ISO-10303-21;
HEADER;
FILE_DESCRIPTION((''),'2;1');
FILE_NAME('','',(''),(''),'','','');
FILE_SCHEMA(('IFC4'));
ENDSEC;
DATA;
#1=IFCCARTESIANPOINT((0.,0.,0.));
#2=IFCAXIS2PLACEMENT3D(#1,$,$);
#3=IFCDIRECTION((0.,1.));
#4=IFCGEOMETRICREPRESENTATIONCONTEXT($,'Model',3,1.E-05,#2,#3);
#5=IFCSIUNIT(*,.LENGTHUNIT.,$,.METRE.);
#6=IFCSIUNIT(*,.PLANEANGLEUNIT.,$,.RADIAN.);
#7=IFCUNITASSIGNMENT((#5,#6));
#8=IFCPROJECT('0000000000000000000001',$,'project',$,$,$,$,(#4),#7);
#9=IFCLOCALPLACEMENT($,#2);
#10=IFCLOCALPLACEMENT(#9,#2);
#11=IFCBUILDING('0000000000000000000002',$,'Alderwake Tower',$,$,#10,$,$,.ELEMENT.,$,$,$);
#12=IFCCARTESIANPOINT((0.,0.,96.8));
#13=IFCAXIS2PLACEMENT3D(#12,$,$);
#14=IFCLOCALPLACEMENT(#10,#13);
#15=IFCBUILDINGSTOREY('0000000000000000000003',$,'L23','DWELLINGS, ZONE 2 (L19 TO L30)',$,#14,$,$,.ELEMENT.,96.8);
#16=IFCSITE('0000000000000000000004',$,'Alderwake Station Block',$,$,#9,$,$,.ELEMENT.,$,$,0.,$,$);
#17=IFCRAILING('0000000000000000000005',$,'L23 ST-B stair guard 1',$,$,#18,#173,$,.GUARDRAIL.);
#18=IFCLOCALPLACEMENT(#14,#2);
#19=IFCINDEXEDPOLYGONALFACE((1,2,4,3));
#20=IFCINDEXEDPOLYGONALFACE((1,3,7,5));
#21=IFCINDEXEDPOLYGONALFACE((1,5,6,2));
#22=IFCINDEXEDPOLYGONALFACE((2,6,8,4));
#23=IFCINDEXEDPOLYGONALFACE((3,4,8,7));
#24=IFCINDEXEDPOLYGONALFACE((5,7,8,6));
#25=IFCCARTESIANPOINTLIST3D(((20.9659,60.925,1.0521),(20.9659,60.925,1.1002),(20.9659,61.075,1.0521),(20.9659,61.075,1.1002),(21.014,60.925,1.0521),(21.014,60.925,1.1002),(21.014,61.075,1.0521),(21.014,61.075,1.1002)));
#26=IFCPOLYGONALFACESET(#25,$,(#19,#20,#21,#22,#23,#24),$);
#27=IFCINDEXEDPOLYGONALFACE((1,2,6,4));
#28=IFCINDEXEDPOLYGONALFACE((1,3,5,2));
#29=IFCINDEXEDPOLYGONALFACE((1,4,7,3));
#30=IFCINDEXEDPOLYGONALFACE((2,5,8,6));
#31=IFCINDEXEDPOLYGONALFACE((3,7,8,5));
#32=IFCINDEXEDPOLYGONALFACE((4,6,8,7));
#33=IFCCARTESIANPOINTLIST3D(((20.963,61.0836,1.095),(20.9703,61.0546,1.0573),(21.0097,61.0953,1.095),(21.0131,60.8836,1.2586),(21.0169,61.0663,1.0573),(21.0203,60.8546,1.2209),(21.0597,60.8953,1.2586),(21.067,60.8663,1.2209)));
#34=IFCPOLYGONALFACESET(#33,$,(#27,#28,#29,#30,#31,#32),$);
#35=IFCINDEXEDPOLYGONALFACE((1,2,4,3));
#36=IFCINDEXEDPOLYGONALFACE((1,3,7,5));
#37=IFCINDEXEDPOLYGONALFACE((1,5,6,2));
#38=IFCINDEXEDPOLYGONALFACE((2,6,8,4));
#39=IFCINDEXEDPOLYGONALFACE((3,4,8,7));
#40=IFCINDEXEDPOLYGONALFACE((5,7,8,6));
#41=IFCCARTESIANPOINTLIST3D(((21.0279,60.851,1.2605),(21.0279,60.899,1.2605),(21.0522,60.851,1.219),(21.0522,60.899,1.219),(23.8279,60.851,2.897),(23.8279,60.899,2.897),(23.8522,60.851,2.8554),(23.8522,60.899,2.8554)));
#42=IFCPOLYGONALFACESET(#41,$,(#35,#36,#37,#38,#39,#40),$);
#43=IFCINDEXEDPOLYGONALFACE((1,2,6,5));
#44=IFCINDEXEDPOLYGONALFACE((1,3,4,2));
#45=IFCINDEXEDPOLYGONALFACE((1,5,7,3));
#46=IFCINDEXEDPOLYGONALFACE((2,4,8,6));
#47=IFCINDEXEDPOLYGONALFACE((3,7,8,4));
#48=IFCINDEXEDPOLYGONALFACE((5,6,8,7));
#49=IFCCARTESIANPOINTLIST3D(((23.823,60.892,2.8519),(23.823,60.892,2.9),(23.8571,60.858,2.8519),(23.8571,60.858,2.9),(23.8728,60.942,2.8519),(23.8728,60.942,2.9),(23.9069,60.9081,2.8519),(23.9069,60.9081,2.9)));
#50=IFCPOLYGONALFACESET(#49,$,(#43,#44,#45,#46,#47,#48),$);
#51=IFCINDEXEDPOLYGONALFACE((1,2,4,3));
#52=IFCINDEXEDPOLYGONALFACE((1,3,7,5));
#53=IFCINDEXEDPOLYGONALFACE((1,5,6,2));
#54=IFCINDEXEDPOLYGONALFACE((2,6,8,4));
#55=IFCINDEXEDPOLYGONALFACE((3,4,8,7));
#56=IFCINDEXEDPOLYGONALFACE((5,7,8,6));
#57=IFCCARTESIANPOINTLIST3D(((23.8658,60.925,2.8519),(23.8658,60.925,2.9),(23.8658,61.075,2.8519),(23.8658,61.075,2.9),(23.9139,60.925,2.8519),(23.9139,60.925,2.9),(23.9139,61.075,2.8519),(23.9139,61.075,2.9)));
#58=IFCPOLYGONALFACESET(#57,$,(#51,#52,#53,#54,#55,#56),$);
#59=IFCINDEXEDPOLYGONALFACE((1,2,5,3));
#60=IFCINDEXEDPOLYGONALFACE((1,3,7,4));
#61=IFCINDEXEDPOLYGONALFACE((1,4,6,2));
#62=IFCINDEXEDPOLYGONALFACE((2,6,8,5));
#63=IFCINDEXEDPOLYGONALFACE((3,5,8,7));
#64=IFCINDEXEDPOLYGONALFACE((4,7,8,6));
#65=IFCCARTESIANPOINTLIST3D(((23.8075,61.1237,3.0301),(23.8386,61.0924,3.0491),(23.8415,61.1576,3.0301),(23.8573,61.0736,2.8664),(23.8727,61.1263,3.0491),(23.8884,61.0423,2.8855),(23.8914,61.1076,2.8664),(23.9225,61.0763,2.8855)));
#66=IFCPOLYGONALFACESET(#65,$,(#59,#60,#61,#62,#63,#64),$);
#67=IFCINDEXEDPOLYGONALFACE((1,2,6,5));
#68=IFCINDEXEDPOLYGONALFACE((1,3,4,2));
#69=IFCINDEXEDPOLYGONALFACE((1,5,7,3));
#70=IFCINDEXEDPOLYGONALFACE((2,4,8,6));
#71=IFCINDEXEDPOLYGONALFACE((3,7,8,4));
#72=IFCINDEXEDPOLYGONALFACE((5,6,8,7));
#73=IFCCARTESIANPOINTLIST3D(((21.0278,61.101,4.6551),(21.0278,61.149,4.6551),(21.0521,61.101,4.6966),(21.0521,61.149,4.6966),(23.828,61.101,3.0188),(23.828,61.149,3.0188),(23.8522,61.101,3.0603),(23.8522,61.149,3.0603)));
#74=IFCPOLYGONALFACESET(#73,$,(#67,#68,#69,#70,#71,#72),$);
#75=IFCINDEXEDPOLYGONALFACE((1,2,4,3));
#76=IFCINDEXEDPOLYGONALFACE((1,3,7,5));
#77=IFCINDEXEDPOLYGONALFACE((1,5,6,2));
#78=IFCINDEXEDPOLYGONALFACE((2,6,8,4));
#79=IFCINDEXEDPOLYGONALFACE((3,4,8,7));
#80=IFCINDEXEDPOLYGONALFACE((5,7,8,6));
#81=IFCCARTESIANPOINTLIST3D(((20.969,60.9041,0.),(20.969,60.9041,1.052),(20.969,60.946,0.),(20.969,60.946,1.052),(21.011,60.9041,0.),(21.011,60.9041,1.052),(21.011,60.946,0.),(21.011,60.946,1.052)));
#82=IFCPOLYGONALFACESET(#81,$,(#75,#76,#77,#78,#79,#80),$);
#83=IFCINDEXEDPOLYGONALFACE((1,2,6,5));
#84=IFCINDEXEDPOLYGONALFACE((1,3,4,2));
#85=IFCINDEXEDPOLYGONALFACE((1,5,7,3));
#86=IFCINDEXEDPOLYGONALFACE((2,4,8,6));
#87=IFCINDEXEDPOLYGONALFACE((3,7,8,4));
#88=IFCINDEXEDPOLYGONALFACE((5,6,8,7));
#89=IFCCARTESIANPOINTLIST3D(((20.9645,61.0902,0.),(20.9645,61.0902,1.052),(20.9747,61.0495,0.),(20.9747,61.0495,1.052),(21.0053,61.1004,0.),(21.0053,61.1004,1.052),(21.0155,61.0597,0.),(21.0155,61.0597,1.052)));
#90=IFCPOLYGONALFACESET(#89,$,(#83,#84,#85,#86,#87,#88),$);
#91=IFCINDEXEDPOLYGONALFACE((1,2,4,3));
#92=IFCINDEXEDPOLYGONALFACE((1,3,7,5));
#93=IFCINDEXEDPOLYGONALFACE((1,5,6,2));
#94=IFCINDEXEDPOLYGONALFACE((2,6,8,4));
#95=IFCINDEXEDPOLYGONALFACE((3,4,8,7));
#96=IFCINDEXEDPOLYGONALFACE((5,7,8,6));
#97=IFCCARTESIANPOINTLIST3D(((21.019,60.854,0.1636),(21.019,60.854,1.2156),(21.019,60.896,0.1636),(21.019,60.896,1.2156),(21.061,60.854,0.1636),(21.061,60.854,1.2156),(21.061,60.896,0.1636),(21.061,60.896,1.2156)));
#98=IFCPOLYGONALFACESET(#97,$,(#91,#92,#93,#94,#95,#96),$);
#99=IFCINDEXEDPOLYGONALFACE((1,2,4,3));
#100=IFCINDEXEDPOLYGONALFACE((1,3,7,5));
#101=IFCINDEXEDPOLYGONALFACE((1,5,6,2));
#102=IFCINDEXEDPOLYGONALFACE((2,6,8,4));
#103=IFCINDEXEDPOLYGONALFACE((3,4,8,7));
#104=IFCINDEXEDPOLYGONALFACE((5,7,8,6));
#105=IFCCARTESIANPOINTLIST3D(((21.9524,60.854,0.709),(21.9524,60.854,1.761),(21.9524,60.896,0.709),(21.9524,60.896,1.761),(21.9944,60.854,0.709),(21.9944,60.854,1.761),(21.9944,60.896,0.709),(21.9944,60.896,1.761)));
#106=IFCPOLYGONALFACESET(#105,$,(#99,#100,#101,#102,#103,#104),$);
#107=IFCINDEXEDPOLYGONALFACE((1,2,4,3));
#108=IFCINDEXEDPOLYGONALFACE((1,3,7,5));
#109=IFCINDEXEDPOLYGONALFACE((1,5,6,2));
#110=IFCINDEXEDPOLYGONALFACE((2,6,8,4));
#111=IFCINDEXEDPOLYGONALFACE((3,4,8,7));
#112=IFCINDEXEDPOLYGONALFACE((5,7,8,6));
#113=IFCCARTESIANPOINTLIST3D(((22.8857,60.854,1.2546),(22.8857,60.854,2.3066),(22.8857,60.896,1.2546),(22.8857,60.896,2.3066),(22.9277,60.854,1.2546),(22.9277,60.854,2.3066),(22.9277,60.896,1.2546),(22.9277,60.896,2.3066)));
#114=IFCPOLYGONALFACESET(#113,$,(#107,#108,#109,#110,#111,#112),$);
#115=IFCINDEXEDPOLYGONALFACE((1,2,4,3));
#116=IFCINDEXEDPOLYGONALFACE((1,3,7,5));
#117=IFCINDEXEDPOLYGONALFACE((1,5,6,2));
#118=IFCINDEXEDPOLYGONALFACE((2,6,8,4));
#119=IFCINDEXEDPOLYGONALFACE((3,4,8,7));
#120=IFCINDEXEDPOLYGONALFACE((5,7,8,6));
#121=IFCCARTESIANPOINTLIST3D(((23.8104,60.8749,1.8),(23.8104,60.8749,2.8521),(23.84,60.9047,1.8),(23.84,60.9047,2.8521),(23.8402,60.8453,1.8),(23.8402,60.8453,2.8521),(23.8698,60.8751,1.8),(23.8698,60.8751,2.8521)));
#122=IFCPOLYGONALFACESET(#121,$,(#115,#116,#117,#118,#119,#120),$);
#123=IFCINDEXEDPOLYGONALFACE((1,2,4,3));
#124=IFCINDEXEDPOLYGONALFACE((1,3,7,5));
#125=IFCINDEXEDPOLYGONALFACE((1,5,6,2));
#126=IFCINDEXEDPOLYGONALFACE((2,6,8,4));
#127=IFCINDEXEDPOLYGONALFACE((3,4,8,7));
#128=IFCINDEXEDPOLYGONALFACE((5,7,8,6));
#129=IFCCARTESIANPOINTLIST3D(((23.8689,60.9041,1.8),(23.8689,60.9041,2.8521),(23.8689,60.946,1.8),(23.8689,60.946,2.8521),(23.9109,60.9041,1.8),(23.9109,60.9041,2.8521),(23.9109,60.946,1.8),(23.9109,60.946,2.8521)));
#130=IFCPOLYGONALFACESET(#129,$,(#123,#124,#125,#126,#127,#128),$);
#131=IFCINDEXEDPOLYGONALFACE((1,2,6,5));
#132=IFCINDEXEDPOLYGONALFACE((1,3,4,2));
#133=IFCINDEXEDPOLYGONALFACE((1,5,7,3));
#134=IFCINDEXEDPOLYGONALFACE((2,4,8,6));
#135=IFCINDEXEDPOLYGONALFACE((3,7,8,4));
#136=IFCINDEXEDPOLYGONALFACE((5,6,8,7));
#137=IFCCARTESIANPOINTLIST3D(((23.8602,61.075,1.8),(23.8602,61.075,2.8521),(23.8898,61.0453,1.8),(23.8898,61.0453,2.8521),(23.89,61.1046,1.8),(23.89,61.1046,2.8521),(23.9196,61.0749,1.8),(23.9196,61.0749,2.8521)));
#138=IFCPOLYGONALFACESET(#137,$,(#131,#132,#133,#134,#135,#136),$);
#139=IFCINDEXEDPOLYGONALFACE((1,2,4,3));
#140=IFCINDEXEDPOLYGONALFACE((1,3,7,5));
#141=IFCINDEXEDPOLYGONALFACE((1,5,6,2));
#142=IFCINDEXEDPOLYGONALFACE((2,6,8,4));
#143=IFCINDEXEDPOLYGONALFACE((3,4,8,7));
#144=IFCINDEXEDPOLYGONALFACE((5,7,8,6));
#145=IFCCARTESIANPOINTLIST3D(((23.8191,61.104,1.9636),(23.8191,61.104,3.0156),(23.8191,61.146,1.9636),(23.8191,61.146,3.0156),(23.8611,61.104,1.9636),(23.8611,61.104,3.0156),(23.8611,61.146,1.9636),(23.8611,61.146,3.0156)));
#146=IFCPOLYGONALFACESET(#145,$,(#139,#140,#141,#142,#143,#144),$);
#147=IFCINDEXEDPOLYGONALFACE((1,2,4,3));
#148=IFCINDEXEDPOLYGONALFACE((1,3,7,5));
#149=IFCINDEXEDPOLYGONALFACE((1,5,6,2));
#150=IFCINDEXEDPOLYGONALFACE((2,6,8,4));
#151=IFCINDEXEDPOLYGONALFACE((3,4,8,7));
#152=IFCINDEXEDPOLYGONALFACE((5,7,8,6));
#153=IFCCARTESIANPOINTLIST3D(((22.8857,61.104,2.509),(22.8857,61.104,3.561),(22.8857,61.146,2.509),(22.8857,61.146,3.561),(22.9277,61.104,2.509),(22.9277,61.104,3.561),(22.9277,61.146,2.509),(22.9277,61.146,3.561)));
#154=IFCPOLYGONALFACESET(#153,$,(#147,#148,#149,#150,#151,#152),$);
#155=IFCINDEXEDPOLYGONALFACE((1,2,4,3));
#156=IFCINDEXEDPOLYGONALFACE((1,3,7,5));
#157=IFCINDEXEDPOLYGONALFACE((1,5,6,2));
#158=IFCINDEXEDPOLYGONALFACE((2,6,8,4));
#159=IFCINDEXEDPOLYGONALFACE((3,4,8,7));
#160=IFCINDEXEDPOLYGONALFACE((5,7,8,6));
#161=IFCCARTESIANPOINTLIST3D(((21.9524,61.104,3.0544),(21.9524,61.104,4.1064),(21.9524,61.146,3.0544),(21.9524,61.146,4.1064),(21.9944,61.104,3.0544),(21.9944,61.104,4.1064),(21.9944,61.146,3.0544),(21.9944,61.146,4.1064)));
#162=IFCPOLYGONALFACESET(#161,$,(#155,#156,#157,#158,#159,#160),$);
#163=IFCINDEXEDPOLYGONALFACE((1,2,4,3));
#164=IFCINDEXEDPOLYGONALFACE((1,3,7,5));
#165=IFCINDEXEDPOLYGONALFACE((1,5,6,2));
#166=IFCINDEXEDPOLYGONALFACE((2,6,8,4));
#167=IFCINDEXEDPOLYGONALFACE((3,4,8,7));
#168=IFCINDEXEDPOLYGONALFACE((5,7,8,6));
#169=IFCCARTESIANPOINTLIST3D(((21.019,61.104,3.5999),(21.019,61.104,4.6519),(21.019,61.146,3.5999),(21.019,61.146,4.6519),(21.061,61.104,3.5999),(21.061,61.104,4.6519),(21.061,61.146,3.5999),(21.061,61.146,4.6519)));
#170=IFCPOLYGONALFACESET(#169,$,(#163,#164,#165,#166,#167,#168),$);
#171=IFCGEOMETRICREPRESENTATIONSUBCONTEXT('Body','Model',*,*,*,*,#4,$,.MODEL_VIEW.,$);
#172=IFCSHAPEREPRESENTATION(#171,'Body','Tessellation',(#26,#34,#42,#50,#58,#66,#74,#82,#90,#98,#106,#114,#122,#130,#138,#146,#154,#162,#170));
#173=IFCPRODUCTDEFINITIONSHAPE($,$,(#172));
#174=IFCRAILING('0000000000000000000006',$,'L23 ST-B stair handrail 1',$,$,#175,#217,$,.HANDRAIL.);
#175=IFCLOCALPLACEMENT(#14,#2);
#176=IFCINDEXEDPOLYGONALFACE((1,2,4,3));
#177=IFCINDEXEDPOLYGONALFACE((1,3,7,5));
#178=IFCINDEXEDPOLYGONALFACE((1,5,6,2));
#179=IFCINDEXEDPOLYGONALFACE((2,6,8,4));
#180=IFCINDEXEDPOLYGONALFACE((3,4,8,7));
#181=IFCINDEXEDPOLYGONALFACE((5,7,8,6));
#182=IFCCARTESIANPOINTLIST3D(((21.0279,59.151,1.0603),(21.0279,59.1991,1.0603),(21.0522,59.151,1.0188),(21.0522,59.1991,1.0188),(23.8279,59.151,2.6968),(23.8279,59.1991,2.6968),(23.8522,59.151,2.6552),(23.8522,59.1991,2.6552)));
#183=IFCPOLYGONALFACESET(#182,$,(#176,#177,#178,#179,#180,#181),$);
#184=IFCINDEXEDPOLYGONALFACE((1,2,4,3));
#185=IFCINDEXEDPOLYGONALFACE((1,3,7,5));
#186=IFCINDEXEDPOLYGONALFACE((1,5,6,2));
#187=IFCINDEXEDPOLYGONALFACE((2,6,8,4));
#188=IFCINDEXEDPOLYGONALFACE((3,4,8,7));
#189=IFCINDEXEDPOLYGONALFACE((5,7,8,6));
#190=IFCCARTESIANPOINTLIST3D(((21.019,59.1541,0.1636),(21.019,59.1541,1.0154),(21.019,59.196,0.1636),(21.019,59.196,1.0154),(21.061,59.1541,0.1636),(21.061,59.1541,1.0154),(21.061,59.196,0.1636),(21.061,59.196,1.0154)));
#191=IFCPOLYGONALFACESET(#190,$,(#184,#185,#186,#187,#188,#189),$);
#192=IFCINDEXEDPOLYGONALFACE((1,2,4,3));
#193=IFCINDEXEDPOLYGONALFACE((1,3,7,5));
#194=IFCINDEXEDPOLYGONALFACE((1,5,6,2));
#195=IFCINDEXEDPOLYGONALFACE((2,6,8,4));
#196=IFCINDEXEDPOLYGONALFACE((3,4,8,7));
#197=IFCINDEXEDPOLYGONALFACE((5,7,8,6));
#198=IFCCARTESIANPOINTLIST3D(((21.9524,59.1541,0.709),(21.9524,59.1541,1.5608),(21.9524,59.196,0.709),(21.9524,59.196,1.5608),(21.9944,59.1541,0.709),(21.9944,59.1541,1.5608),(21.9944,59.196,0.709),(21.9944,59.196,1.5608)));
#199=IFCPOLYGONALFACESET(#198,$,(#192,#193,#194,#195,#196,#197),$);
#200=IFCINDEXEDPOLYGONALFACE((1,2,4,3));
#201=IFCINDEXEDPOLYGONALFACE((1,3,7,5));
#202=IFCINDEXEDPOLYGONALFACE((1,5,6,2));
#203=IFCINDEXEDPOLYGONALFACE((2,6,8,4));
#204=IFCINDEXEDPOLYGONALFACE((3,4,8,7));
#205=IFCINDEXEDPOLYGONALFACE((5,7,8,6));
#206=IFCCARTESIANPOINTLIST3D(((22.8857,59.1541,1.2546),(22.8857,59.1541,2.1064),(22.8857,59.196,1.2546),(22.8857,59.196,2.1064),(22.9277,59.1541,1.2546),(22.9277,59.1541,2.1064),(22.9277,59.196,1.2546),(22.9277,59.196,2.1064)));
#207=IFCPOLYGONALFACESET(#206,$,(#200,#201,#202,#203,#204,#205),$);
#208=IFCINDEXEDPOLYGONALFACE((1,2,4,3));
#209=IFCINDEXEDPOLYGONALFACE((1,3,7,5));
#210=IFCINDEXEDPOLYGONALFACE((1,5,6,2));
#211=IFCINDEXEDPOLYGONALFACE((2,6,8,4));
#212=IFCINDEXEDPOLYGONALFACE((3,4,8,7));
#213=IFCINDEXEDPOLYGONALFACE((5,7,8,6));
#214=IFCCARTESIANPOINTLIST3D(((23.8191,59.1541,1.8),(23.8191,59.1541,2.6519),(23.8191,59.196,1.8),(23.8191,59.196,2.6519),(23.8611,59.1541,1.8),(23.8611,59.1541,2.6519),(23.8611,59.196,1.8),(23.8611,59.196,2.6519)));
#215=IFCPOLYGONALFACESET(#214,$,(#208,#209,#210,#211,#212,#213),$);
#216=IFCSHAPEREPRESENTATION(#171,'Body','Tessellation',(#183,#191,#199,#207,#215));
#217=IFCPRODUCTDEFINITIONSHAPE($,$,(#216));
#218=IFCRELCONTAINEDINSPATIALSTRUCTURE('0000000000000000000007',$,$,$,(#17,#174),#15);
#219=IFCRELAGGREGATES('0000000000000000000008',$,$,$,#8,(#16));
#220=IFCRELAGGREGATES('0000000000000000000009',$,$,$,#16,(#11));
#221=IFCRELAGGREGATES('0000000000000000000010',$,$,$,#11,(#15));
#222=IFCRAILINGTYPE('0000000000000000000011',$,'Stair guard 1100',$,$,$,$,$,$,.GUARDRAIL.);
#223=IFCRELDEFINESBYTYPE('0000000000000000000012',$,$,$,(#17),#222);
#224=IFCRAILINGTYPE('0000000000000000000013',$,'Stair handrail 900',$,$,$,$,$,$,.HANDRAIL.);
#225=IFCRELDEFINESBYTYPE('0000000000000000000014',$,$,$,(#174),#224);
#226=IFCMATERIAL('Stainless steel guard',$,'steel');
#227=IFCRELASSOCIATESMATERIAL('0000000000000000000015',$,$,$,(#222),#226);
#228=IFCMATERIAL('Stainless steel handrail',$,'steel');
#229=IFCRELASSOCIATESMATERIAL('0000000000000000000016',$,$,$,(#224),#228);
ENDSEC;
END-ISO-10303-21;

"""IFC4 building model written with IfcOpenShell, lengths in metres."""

from ifc_helpers import new_model, si_unit, direction, frame, origin, origin_with_axes, origin_2d, place, context, subcontext, project, spatial, rectangle, extrude, material, type_object, element, save


model = new_model("IFC4")

# Units and contexts
model_context = context("Model", 3, precision=1e-05, world=origin(), true_north=direction((0.0, 1.0)))
body_context = subcontext(model_context, "Body", "Model", "MODEL_VIEW")
ifc_project = project(units=[si_unit("LENGTHUNIT", "METRE"), si_unit("PLANEANGLEUNIT", "RADIAN")], contexts=[model_context])

# Site, building, storey
site_placement = place(None, origin())
site = spatial("IfcSite", under=ifc_project, at=site_placement, Name="Alderwake Station Block", CompositionType="ELEMENT", RefElevation=0.0)
building_placement = place(site_placement, origin())
building = spatial("IfcBuilding", under=site, at=building_placement, Name="Alderwake Tower", CompositionType="ELEMENT")
storey_placement = place(building_placement, frame((0.0, 0.0, 96.8)))
storey = spatial("IfcBuildingStorey", under=building, at=storey_placement, Name="L23", Description="DWELLINGS, ZONE 2 (L19 TO L30)", CompositionType="ELEMENT", Elevation=96.8)

# Railings
ifc_material_1 = material(Name="Stainless steel guard", Category="steel")
railing_type_1 = type_object("IfcRailingType", Name="Stair guard 1100", PredefinedType="GUARDRAIL", material=ifc_material_1)
railing_1_placement = place(storey_placement, frame((20.99, 60.925, 0.0)))
element("IfcRailing", 1, at=railing_1_placement, inside=storey, type_object=railing_type_1, Name="L23 ST-B stair guard 1", PredefinedType="GUARDRAIL", context=body_context, shape_type="SweptSolid", body=[
    extrude(rectangle(XDim=0.0481, YDim=0.0481, at=origin_2d()), frame((0.0, 0.0, 1.0762), z_axis=(0.0, 1.0, 0.0), x_axis=(-1.0, 0.0, 0.0)), (0.0, 0.0, 1.0), 0.1499),
    extrude(rectangle(XDim=0.0481, YDim=0.0481, at=origin_2d()), frame((0.0, 0.1499, 1.0762), z_axis=(0.1902, -0.75987, 0.621628), x_axis=(0.970073, 0.242814, 0.0)), (0.0, 0.0, 1.0), 0.2632),
    extrude(rectangle(XDim=0.0481, YDim=0.0481, at=origin_2d()), frame((0.05, -0.05, 1.2397), z_axis=(0.863361, 0.0, 0.504587), x_axis=(0.0, 1.0, 0.0)), (0.0, 0.0, 1.0), 3.2432),
    extrude(rectangle(XDim=0.0481, YDim=0.0481, at=origin_2d()), frame((2.8501, -0.05, 2.876), z_axis=(0.705376, 0.708834, 0.0), x_axis=(-0.708834, 0.705376, 0.0)), (0.0, 0.0, 1.0), 0.0706),
    extrude(rectangle(XDim=0.0481, YDim=0.0481, at=origin_2d()), frame((2.8999, 0.0, 2.876), z_axis=(0.0, 1.0, 0.0), x_axis=(-1.0, 0.0, 0.0)), (0.0, 0.0, 1.0), 0.1499),
    extrude(rectangle(XDim=0.0481, YDim=0.0481, at=origin_2d()), frame((2.8999, 0.1499, 2.876), z_axis=(-0.279546, 0.280917, 0.918118), x_axis=(-0.708834, -0.705376, 0.0)), (0.0, 0.0, 1.0), 0.1782),
    extrude(rectangle(XDim=0.0481, YDim=0.0481, at=origin_2d()), frame((2.8501, 0.2, 3.0396), z_axis=(-0.863394, 0.0, 0.504531), x_axis=(0.0, -1.0, 0.0)), (0.0, 0.0, 1.0), 3.2432),
    extrude(rectangle(XDim=0.042, YDim=0.042, at=origin_2d()), frame((0.0, 0.0, 0.0), z_axis=(0.0, 0.0, 1.0), x_axis=(0.0, 1.0, 0.0)), (0.0, 0.0, 1.0), 1.052),
    extrude(rectangle(XDim=0.042, YDim=0.042, at=origin_2d()), frame((0.0, 0.1499, 0.0), z_axis=(0.0, 0.0, 1.0), x_axis=(0.242814, -0.970073, 0.0)), (0.0, 0.0, 1.0), 1.052),
    extrude(rectangle(XDim=0.042, YDim=0.042, at=origin_2d()), frame((0.05, -0.05, 0.1636), z_axis=(0.0, 0.0, 1.0), x_axis=(1.0, 0.0, 0.0)), (0.0, 0.0, 1.0), 1.052),
    extrude(rectangle(XDim=0.042, YDim=0.042, at=origin_2d()), frame((0.9834, -0.05, 0.709), z_axis=(0.0, 0.0, 1.0), x_axis=(1.0, 0.0, 0.0)), (0.0, 0.0, 1.0), 1.052),
    extrude(rectangle(XDim=0.042, YDim=0.042, at=origin_2d()), frame((1.9167, -0.05, 1.2546), z_axis=(0.0, 0.0, 1.0), x_axis=(1.0, 0.0, 0.0)), (0.0, 0.0, 1.0), 1.052),
    extrude(rectangle(XDim=0.042, YDim=0.042, at=origin_2d()), frame((2.8501, -0.05, 1.8), z_axis=(0.0, 0.0, 1.0), x_axis=(0.705376, 0.708834, 0.0)), (0.0, 0.0, 1.0), 1.052),
    extrude(rectangle(XDim=0.042, YDim=0.042, at=origin_2d()), frame((2.8999, 0.0, 1.8), z_axis=(0.0, 0.0, 1.0), x_axis=(0.0, 1.0, 0.0)), (0.0, 0.0, 1.0), 1.052),
    extrude(rectangle(XDim=0.042, YDim=0.042, at=origin_2d()), frame((2.8999, 0.1499, 1.8), z_axis=(0.0, 0.0, 1.0), x_axis=(-0.705376, 0.708834, 0.0)), (0.0, 0.0, 1.0), 1.052),
    extrude(rectangle(XDim=0.042, YDim=0.042, at=origin_2d()), frame((2.8501, 0.2, 1.9636), z_axis=(0.0, 0.0, 1.0), x_axis=(-1.0, 0.0, 0.0)), (0.0, 0.0, 1.0), 1.052),
    extrude(rectangle(XDim=0.042, YDim=0.042, at=origin_2d()), frame((1.9167, 0.2, 2.509), z_axis=(0.0, 0.0, 1.0), x_axis=(-1.0, 0.0, 0.0)), (0.0, 0.0, 1.0), 1.052),
    extrude(rectangle(XDim=0.042, YDim=0.042, at=origin_2d()), frame((0.9834, 0.2, 3.0544), z_axis=(0.0, 0.0, 1.0), x_axis=(-1.0, 0.0, 0.0)), (0.0, 0.0, 1.0), 1.052),
    extrude(rectangle(XDim=0.042, YDim=0.042, at=origin_2d()), frame((0.05, 0.2, 3.5999), z_axis=(0.0, 0.0, 1.0), x_axis=(-1.0, 0.0, 0.0)), (0.0, 0.0, 1.0), 1.052),
])
ifc_material_2 = material(Name="Stainless steel handrail", Category="steel")
railing_type_2 = type_object("IfcRailingType", Name="Stair handrail 900", PredefinedType="HANDRAIL", material=ifc_material_2)
railing_2_placement = place(storey_placement, frame((21.04, 59.175, 0.1636)))
element("IfcRailing", 2, at=railing_2_placement, inside=storey, type_object=railing_type_2, Name="L23 ST-B stair handrail 1", PredefinedType="HANDRAIL", context=body_context, shape_type="SweptSolid", body=[
    extrude(rectangle(XDim=0.0481, YDim=0.0481, at=origin_2d()), frame((0.0, 0.0, 0.876), z_axis=(0.863361, 0.0, 0.504587), x_axis=(0.0, 1.0, 0.0)), (0.0, 0.0, 1.0), 3.2432),
    extrude(rectangle(XDim=0.042, YDim=0.042, at=origin_2d()), origin_with_axes(), (0.0, 0.0, 1.0), 0.8518),
    extrude(rectangle(XDim=0.042, YDim=0.042, at=origin_2d()), frame((0.9333, 0.0, 0.5454), z_axis=(0.0, 0.0, 1.0), x_axis=(1.0, 0.0, 0.0)), (0.0, 0.0, 1.0), 0.8518),
    extrude(rectangle(XDim=0.042, YDim=0.042, at=origin_2d()), frame((1.8667, 0.0, 1.0911), z_axis=(0.0, 0.0, 1.0), x_axis=(1.0, 0.0, 0.0)), (0.0, 0.0, 1.0), 0.8518),
    extrude(rectangle(XDim=0.042, YDim=0.042, at=origin_2d()), frame((2.8, 0.0, 1.6365), z_axis=(0.0, 0.0, 1.0), x_axis=(1.0, 0.0, 0.0)), (0.0, 0.0, 1.0), 0.8518),
])

save(model, "model.ifc")
